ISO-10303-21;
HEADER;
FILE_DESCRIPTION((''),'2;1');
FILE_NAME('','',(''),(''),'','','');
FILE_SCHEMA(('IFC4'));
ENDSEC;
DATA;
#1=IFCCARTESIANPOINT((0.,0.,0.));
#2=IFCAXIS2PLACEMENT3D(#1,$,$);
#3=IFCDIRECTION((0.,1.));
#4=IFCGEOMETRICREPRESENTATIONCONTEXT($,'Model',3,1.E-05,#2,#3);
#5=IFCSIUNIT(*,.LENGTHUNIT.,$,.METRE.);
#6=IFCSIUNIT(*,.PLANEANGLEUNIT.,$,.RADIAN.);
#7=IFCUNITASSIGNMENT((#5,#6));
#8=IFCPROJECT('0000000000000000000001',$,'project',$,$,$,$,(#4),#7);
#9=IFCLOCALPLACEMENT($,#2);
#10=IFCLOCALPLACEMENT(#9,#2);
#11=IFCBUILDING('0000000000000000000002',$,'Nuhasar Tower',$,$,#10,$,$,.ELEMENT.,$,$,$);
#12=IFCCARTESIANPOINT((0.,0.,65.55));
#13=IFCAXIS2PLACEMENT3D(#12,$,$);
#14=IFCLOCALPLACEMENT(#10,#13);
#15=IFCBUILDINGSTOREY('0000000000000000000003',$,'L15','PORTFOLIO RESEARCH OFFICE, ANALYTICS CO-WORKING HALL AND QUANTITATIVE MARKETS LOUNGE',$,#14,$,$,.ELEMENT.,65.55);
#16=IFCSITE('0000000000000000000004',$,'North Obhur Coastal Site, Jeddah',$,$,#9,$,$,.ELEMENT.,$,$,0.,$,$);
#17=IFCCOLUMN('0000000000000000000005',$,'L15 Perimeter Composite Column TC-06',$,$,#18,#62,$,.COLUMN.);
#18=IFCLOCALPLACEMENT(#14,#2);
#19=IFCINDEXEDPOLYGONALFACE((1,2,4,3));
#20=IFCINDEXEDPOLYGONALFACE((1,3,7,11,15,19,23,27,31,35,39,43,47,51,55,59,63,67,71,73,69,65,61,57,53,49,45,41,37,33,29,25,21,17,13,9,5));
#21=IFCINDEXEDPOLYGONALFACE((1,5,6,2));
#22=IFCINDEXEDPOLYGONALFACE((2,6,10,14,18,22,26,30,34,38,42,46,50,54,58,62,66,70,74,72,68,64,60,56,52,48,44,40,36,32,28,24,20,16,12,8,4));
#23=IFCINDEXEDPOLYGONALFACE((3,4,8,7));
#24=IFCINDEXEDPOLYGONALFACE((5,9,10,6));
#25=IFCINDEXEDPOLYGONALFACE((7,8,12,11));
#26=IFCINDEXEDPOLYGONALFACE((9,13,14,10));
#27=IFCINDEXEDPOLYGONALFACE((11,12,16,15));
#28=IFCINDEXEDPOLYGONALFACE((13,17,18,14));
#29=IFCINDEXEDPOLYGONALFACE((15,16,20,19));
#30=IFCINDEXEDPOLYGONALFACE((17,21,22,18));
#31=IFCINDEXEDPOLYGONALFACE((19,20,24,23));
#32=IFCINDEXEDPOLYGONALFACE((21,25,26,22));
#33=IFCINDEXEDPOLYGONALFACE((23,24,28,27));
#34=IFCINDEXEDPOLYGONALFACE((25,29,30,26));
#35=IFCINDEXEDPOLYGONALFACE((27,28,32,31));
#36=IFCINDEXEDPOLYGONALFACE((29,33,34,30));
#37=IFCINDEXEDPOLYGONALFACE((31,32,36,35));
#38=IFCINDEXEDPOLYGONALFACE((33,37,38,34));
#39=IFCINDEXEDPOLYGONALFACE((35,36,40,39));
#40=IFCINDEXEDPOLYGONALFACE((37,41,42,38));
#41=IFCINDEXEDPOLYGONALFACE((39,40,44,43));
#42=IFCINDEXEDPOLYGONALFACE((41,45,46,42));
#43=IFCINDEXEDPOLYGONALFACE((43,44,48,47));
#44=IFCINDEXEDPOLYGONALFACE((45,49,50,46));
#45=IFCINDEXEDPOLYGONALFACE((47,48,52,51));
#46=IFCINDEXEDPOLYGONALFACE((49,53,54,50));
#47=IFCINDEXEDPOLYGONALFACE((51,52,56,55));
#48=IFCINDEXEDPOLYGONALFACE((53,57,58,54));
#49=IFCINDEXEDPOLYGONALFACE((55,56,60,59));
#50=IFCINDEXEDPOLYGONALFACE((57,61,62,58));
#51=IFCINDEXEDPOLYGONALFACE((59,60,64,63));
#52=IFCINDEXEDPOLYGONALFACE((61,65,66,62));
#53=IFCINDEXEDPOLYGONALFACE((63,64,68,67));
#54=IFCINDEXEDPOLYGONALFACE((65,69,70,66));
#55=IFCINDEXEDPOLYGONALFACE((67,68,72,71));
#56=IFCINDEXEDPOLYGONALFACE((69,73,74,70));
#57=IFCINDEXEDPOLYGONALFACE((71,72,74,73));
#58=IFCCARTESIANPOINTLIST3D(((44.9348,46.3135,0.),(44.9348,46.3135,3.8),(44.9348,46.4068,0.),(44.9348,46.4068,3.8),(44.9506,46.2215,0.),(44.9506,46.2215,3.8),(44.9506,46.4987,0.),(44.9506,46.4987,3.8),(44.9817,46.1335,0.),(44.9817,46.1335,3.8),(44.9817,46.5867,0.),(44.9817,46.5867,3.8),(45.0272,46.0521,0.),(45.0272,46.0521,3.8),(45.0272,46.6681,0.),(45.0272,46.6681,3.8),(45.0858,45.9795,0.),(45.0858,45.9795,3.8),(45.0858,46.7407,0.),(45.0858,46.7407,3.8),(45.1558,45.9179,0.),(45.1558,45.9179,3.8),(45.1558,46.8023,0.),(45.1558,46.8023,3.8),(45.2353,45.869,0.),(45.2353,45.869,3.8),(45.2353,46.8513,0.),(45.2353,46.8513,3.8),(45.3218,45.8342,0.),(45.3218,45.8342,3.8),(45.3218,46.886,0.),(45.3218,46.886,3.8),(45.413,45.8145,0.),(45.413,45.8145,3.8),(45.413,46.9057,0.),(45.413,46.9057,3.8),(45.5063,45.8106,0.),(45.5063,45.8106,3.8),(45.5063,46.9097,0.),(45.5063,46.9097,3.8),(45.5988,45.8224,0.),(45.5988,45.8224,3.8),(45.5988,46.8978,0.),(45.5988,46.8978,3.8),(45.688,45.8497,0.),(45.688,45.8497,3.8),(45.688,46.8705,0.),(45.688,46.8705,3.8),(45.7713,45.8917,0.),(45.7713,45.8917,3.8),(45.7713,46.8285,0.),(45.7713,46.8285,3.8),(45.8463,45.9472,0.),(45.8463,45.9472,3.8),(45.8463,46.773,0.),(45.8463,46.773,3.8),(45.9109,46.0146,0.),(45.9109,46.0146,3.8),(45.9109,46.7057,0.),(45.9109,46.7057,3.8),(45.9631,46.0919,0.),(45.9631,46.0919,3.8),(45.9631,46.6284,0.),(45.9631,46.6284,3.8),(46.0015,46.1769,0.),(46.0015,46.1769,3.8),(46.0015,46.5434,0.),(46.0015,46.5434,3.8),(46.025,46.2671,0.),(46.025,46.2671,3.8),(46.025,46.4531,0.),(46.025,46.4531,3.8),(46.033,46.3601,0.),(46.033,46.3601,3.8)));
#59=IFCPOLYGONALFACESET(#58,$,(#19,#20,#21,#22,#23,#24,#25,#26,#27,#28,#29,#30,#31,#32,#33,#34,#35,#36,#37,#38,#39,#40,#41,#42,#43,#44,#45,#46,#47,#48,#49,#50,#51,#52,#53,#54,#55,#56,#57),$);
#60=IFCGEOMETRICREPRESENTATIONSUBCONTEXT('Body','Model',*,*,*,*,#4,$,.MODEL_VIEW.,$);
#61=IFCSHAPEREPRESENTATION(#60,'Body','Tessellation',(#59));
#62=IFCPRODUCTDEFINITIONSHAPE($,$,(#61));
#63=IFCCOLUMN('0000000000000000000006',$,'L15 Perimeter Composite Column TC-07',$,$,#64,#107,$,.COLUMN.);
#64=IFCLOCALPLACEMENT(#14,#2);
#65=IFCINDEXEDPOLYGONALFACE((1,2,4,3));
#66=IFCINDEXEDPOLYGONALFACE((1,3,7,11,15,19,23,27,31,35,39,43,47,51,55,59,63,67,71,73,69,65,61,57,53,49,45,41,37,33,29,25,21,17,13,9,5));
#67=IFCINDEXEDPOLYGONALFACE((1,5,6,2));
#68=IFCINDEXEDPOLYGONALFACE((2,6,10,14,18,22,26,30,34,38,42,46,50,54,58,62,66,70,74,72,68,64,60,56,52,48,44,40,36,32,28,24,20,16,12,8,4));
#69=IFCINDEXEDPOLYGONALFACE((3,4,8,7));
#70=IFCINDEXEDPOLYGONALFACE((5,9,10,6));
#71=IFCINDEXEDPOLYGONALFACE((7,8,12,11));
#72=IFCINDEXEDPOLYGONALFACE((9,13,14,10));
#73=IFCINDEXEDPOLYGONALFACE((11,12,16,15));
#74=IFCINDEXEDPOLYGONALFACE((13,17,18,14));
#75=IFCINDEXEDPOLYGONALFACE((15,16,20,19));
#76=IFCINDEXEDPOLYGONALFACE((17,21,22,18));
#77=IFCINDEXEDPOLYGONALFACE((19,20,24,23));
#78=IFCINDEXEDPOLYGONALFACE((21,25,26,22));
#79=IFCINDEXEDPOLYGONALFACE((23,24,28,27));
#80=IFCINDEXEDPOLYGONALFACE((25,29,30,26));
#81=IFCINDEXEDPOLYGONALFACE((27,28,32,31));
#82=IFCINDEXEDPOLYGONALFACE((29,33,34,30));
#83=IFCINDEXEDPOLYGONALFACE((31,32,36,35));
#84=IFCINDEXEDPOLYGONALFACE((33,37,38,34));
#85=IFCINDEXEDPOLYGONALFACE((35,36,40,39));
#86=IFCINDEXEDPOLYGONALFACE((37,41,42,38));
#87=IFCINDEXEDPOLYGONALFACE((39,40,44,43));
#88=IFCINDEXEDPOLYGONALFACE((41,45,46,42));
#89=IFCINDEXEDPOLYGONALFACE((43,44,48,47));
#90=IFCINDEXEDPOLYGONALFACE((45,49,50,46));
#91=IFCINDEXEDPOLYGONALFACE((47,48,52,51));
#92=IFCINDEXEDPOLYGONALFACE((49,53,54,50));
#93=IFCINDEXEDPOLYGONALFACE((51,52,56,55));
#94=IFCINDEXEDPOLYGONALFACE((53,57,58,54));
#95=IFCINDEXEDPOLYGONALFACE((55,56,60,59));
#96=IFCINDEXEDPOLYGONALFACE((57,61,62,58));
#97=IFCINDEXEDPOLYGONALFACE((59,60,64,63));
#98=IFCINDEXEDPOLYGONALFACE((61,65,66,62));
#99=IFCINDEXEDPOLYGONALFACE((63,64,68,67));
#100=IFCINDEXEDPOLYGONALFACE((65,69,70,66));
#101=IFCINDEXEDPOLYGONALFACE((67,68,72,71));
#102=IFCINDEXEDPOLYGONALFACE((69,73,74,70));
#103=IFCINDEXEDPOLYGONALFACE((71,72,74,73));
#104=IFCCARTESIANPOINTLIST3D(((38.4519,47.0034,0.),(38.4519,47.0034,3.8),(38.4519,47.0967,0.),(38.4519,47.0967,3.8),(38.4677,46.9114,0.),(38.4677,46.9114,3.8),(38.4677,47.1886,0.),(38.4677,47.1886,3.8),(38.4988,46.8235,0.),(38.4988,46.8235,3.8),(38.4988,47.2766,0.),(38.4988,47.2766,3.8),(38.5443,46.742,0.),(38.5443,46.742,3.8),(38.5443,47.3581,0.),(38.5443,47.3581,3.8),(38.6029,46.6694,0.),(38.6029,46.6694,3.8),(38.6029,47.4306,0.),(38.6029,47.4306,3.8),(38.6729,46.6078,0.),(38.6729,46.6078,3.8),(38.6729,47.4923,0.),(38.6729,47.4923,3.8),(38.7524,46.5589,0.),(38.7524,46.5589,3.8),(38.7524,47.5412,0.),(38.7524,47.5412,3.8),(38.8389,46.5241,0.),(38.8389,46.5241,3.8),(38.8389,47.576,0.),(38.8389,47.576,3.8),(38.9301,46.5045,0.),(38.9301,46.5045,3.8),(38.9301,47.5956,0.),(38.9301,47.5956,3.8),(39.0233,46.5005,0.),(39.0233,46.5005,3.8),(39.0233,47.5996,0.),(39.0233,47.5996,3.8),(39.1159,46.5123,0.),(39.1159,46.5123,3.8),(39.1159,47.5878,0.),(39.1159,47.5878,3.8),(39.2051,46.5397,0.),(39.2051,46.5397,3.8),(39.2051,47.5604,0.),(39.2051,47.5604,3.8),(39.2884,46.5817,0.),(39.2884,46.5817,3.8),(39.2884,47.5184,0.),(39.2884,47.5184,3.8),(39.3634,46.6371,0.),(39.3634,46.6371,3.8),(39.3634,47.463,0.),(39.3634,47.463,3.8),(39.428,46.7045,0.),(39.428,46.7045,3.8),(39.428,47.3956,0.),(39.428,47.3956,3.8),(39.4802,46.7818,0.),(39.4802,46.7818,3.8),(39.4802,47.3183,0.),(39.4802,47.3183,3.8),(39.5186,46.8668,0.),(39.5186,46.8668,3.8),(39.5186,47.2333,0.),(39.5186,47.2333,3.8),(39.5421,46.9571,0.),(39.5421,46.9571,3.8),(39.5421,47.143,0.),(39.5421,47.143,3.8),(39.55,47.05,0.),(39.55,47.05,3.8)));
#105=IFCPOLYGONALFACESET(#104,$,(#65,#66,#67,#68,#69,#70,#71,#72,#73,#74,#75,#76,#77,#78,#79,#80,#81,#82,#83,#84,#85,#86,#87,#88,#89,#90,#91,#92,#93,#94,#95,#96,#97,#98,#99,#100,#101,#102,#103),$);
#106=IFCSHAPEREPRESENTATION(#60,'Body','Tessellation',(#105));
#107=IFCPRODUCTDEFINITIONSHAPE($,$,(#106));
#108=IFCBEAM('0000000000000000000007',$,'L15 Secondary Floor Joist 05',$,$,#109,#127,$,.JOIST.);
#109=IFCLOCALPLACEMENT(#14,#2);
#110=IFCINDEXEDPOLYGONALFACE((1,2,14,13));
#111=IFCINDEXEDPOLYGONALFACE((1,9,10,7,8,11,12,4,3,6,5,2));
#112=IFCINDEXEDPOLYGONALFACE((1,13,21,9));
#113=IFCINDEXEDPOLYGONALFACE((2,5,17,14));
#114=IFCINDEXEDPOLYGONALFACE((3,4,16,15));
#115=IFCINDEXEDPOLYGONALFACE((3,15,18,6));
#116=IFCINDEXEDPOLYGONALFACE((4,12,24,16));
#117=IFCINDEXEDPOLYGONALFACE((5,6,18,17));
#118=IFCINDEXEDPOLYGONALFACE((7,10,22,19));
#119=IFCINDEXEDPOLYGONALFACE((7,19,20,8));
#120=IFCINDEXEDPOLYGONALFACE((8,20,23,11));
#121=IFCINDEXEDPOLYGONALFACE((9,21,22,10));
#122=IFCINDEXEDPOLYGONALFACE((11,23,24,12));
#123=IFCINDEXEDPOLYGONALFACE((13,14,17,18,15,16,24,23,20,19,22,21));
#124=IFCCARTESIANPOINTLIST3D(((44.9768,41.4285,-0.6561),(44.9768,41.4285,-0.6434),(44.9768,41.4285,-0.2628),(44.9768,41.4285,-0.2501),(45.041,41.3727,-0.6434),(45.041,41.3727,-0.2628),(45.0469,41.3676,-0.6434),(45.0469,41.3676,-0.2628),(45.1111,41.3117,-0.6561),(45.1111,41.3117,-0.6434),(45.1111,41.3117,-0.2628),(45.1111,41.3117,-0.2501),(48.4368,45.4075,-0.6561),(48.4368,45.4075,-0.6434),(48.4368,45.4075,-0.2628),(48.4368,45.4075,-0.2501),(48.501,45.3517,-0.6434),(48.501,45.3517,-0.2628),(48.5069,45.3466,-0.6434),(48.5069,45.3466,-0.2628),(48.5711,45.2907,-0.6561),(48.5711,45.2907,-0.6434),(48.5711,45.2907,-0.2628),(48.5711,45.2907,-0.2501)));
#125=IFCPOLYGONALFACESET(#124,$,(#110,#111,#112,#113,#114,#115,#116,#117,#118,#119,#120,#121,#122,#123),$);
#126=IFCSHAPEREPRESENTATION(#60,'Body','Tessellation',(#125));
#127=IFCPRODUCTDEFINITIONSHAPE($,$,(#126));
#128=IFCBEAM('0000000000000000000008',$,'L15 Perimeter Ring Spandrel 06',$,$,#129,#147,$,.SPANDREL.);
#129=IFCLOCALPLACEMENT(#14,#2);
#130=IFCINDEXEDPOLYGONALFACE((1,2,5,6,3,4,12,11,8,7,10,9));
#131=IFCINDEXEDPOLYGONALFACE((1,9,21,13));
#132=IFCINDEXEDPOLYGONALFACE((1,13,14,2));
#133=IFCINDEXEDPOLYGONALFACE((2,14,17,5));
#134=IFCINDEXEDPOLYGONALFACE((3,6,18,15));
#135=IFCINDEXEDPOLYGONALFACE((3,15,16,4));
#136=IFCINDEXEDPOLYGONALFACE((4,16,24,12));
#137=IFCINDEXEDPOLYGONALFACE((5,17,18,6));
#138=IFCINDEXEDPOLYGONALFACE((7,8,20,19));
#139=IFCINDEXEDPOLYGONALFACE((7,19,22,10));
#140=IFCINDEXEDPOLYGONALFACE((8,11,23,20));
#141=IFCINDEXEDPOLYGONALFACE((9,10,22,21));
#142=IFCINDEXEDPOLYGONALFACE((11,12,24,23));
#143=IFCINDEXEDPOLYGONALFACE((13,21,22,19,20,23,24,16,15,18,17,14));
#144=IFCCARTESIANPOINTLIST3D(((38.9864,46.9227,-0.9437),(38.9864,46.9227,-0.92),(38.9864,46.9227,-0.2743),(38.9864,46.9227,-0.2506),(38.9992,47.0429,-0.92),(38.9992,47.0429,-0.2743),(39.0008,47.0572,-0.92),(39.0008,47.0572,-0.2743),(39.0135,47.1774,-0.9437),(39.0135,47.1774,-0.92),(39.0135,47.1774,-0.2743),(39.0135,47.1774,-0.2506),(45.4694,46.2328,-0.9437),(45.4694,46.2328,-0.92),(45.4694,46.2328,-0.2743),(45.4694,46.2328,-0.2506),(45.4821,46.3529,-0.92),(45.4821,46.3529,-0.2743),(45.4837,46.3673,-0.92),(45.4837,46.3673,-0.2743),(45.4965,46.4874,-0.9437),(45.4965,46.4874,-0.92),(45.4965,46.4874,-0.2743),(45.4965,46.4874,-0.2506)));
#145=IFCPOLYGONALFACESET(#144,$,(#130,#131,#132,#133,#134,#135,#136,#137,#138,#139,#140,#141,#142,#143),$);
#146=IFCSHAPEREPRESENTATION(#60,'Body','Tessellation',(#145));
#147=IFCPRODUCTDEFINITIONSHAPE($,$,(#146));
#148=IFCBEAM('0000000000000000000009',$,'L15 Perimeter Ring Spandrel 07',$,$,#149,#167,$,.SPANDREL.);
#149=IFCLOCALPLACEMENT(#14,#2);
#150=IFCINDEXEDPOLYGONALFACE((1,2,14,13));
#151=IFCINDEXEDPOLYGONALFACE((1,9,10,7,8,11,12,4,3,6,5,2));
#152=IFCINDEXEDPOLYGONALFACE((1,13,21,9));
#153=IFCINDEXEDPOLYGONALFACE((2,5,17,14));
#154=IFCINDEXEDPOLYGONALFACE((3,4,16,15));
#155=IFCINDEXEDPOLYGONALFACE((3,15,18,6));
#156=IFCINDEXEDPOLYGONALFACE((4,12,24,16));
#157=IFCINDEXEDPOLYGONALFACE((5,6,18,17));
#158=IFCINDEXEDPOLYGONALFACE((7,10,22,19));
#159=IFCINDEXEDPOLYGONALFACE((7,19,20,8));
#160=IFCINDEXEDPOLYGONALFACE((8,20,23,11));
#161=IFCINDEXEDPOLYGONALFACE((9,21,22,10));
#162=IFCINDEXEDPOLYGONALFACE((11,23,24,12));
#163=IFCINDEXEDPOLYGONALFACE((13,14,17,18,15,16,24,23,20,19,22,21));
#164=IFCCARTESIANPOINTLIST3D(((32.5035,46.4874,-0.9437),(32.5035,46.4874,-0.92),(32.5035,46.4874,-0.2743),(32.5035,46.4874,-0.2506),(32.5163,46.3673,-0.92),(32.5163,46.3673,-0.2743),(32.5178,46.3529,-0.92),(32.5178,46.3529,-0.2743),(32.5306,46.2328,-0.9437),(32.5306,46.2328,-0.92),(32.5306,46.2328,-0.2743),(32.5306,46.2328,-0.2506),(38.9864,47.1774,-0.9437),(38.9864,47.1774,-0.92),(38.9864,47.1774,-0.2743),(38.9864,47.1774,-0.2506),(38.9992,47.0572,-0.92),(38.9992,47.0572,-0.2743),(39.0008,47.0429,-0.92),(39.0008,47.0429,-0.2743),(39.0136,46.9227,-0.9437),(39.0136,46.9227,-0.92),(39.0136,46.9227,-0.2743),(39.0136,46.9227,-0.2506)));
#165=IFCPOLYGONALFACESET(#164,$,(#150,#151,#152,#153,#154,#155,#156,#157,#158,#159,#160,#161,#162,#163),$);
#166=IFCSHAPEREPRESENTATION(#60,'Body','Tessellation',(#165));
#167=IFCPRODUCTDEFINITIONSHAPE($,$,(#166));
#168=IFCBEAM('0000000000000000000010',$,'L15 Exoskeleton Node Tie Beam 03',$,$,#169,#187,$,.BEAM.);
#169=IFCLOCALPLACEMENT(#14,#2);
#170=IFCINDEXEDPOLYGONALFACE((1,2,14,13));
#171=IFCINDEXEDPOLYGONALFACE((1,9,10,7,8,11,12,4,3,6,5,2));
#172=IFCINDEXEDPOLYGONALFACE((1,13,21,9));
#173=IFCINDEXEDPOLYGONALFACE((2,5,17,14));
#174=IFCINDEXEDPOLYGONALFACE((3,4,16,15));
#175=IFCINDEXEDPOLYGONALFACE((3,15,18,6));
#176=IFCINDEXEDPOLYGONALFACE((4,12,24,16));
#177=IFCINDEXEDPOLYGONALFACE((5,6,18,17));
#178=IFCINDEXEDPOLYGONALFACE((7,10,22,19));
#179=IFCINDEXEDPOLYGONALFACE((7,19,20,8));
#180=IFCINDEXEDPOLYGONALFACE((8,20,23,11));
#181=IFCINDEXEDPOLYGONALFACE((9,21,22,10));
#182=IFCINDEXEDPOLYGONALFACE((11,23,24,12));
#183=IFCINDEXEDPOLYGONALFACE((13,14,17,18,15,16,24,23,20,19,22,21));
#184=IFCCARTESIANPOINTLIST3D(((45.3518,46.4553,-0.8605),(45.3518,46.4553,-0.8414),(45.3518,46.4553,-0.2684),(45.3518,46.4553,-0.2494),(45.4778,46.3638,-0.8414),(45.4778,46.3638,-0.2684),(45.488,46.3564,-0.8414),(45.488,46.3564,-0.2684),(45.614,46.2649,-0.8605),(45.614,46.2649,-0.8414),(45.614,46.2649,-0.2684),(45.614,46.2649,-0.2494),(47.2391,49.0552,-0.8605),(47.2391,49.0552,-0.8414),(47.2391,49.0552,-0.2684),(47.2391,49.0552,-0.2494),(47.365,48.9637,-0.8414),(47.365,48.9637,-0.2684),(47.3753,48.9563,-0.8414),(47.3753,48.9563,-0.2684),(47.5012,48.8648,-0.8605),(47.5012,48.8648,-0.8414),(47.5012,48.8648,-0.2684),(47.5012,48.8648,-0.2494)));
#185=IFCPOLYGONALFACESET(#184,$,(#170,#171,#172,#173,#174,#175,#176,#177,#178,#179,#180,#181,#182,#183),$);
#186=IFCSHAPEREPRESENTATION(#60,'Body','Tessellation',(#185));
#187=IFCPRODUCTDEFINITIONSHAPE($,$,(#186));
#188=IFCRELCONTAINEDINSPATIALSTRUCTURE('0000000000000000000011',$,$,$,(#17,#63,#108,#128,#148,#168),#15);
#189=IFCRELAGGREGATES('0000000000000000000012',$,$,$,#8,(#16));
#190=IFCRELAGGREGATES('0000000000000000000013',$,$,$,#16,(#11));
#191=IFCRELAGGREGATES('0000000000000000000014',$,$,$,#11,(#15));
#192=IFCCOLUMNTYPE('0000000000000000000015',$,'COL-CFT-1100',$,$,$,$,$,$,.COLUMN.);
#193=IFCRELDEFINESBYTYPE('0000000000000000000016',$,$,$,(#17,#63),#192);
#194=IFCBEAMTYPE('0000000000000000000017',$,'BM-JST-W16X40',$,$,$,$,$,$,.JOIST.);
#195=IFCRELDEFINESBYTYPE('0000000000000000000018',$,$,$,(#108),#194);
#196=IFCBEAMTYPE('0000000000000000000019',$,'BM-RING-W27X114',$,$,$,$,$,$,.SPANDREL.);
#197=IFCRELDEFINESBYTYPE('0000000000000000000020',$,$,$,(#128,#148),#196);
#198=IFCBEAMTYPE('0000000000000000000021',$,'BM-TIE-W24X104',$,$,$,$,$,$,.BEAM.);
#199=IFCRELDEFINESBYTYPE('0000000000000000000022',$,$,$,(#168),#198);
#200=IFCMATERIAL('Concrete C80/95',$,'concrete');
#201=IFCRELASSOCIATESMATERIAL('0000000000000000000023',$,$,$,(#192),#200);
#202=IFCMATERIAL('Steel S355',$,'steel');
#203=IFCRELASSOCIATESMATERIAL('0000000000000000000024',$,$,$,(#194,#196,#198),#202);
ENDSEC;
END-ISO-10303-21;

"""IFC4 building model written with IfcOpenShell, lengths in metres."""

from ifc_helpers import new_model, si_unit, direction, frame, origin, origin_2d, place, context, subcontext, project, spatial, circle, i_section, extrude, material, material_profile, profile_set, type_object, element, save


model = new_model("IFC4")

# Units and contexts
model_context = context("Model", 3, precision=1e-05, world=origin(), true_north=direction((0.0, 1.0)))
body_context = subcontext(model_context, "Body", "Model", "MODEL_VIEW")
ifc_project = project(units=[si_unit("LENGTHUNIT", "METRE"), si_unit("PLANEANGLEUNIT", "RADIAN")], contexts=[model_context])

# Site, building, storey
site_placement = place(None, origin())
site = spatial("IfcSite", under=ifc_project, at=site_placement, Name="North Obhur Coastal Site, Jeddah", CompositionType="ELEMENT", RefElevation=0.0)
building_placement = place(site_placement, origin())
building = spatial("IfcBuilding", under=site, at=building_placement, Name="Nuhasar Tower", CompositionType="ELEMENT")
storey_placement = place(building_placement, frame((0.0, 0.0, 65.55)))
storey = spatial("IfcBuildingStorey", under=building, at=storey_placement, Name="L15", Description="PORTFOLIO RESEARCH OFFICE, ANALYTICS CO-WORKING HALL AND QUANTITATIVE MARKETS LOUNGE", CompositionType="ELEMENT", Elevation=65.55)

# Columns
ifc_material_1 = material(Name="Concrete C80/95", Category="concrete")
ifc_material_profile_1 = material_profile(ifc_material_1, circle(Radius=0.55, at=origin_2d()), Name="CFT1100")
ifc_profile_set_1 = profile_set([ifc_material_profile_1], Name="Concrete C80/95")
column_type = type_object("IfcColumnType", Name="COL-CFT-1100", PredefinedType="COLUMN", material=ifc_profile_set_1)
for number, where, z_axis, x_axis, name in (
    (1, (45.4829, 46.3601, 0.0), (0.0, 0.0, 1.0), (1.0, 0.0, 0.0), "L15 Perimeter Composite Column TC-06"),
    (2, (39.0, 47.05, 0.0), (0.0, 0.0, 1.0), (1.0, 0.0, 0.0), "L15 Perimeter Composite Column TC-07"),
):
    element("IfcColumn", number, at=place(storey_placement, frame(where, z_axis=z_axis, x_axis=x_axis)), inside=storey, type_object=column_type, Name=name, PredefinedType="COLUMN", context=body_context, shape_type="SweptSolid", body=[
        extrude(circle(Radius=0.55, at=origin_2d()), origin(), (0.0, 0.0, 1.0), 3.8),
    ])

# Beams
ifc_material_2 = material(Name="Steel S355", Category="steel")
ifc_material_profile_2 = material_profile(ifc_material_2, i_section(OverallWidth=0.178, OverallDepth=0.406, WebThickness=0.0078, FlangeThickness=0.0127, at=origin_2d()), Name="W16X40")
ifc_profile_set_2 = profile_set([ifc_material_profile_2], Name="Steel S355")
beam_type_1 = type_object("IfcBeamType", Name="BM-JST-W16X40", PredefinedType="JOIST", material=ifc_profile_set_2)
beam_1_placement = place(storey_placement, frame((45.0439, 41.3701, -0.4531), z_axis=(0.656174, 0.75461, 0.0), x_axis=(-0.75461, 0.656174, 0.0)))
element("IfcBeam", 3, at=beam_1_placement, inside=storey, type_object=beam_type_1, Name="L15 Secondary Floor Joist 05", PredefinedType="JOIST", context=body_context, shape_type="SweptSolid", body=[
    extrude(i_section(OverallWidth=0.178, OverallDepth=0.406, WebThickness=0.0078, FlangeThickness=0.0127, at=origin_2d()), origin(), (0.0, 0.0, 1.0), 5.2729),
])
ifc_material_profile_3 = material_profile(ifc_material_2, i_section(OverallWidth=0.2561, OverallDepth=0.6931, WebThickness=0.0144, FlangeThickness=0.0237, at=origin_2d()), Name="W27X114")
ifc_profile_set_3 = profile_set([ifc_material_profile_3], Name="Steel S355")
beam_type_2 = type_object("IfcBeamType", Name="BM-RING-W27X114", PredefinedType="SPANDREL", material=ifc_profile_set_3)
for number, where, z_axis, x_axis, name in (
    (4, (45.4829, 46.3601, -0.5972), (-0.994385, 0.105827, 0.0), (-0.105827, -0.994385, 0.0), "L15 Perimeter Ring Spandrel 06"),
    (5, (39.0, 47.05, -0.5972), (-0.994385, -0.105827, 0.0), (0.105827, -0.994385, 0.0), "L15 Perimeter Ring Spandrel 07"),
):
    element("IfcBeam", number, at=place(storey_placement, frame(where, z_axis=z_axis, x_axis=x_axis)), inside=storey, type_object=beam_type_2, Name=name, PredefinedType="SPANDREL", context=body_context, shape_type="SweptSolid", body=[
        extrude(i_section(OverallWidth=0.2561, OverallDepth=0.6931, WebThickness=0.0144, FlangeThickness=0.0237, at=origin_2d()), origin(), (0.0, 0.0, 1.0), 6.5195),
    ])
ifc_material_profile_4 = material_profile(ifc_material_2, i_section(OverallWidth=0.324, OverallDepth=0.6111, WebThickness=0.0127, FlangeThickness=0.019, at=origin_2d()), Name="W24X104")
ifc_profile_set_4 = profile_set([ifc_material_profile_4], Name="Steel S355")
beam_type_3 = type_object("IfcBeamType", Name="BM-TIE-W24X104", PredefinedType="BEAM", material=ifc_profile_set_4)
beam_2_placement = place(storey_placement, frame((45.4829, 46.3601, -0.5549), z_axis=(0.587439, 0.809268, 0.0), x_axis=(-0.809268, 0.587439, 0.0)))
element("IfcBeam", 6, at=beam_2_placement, inside=storey, type_object=beam_type_3, Name="L15 Exoskeleton Node Tie Beam 03", PredefinedType="BEAM", context=body_context, shape_type="SweptSolid", body=[
    extrude(i_section(OverallWidth=0.324, OverallDepth=0.6111, WebThickness=0.0127, FlangeThickness=0.019, at=origin_2d()), origin(), (0.0, 0.0, 1.0), 3.2126),
])

save(model, "model.ifc")
